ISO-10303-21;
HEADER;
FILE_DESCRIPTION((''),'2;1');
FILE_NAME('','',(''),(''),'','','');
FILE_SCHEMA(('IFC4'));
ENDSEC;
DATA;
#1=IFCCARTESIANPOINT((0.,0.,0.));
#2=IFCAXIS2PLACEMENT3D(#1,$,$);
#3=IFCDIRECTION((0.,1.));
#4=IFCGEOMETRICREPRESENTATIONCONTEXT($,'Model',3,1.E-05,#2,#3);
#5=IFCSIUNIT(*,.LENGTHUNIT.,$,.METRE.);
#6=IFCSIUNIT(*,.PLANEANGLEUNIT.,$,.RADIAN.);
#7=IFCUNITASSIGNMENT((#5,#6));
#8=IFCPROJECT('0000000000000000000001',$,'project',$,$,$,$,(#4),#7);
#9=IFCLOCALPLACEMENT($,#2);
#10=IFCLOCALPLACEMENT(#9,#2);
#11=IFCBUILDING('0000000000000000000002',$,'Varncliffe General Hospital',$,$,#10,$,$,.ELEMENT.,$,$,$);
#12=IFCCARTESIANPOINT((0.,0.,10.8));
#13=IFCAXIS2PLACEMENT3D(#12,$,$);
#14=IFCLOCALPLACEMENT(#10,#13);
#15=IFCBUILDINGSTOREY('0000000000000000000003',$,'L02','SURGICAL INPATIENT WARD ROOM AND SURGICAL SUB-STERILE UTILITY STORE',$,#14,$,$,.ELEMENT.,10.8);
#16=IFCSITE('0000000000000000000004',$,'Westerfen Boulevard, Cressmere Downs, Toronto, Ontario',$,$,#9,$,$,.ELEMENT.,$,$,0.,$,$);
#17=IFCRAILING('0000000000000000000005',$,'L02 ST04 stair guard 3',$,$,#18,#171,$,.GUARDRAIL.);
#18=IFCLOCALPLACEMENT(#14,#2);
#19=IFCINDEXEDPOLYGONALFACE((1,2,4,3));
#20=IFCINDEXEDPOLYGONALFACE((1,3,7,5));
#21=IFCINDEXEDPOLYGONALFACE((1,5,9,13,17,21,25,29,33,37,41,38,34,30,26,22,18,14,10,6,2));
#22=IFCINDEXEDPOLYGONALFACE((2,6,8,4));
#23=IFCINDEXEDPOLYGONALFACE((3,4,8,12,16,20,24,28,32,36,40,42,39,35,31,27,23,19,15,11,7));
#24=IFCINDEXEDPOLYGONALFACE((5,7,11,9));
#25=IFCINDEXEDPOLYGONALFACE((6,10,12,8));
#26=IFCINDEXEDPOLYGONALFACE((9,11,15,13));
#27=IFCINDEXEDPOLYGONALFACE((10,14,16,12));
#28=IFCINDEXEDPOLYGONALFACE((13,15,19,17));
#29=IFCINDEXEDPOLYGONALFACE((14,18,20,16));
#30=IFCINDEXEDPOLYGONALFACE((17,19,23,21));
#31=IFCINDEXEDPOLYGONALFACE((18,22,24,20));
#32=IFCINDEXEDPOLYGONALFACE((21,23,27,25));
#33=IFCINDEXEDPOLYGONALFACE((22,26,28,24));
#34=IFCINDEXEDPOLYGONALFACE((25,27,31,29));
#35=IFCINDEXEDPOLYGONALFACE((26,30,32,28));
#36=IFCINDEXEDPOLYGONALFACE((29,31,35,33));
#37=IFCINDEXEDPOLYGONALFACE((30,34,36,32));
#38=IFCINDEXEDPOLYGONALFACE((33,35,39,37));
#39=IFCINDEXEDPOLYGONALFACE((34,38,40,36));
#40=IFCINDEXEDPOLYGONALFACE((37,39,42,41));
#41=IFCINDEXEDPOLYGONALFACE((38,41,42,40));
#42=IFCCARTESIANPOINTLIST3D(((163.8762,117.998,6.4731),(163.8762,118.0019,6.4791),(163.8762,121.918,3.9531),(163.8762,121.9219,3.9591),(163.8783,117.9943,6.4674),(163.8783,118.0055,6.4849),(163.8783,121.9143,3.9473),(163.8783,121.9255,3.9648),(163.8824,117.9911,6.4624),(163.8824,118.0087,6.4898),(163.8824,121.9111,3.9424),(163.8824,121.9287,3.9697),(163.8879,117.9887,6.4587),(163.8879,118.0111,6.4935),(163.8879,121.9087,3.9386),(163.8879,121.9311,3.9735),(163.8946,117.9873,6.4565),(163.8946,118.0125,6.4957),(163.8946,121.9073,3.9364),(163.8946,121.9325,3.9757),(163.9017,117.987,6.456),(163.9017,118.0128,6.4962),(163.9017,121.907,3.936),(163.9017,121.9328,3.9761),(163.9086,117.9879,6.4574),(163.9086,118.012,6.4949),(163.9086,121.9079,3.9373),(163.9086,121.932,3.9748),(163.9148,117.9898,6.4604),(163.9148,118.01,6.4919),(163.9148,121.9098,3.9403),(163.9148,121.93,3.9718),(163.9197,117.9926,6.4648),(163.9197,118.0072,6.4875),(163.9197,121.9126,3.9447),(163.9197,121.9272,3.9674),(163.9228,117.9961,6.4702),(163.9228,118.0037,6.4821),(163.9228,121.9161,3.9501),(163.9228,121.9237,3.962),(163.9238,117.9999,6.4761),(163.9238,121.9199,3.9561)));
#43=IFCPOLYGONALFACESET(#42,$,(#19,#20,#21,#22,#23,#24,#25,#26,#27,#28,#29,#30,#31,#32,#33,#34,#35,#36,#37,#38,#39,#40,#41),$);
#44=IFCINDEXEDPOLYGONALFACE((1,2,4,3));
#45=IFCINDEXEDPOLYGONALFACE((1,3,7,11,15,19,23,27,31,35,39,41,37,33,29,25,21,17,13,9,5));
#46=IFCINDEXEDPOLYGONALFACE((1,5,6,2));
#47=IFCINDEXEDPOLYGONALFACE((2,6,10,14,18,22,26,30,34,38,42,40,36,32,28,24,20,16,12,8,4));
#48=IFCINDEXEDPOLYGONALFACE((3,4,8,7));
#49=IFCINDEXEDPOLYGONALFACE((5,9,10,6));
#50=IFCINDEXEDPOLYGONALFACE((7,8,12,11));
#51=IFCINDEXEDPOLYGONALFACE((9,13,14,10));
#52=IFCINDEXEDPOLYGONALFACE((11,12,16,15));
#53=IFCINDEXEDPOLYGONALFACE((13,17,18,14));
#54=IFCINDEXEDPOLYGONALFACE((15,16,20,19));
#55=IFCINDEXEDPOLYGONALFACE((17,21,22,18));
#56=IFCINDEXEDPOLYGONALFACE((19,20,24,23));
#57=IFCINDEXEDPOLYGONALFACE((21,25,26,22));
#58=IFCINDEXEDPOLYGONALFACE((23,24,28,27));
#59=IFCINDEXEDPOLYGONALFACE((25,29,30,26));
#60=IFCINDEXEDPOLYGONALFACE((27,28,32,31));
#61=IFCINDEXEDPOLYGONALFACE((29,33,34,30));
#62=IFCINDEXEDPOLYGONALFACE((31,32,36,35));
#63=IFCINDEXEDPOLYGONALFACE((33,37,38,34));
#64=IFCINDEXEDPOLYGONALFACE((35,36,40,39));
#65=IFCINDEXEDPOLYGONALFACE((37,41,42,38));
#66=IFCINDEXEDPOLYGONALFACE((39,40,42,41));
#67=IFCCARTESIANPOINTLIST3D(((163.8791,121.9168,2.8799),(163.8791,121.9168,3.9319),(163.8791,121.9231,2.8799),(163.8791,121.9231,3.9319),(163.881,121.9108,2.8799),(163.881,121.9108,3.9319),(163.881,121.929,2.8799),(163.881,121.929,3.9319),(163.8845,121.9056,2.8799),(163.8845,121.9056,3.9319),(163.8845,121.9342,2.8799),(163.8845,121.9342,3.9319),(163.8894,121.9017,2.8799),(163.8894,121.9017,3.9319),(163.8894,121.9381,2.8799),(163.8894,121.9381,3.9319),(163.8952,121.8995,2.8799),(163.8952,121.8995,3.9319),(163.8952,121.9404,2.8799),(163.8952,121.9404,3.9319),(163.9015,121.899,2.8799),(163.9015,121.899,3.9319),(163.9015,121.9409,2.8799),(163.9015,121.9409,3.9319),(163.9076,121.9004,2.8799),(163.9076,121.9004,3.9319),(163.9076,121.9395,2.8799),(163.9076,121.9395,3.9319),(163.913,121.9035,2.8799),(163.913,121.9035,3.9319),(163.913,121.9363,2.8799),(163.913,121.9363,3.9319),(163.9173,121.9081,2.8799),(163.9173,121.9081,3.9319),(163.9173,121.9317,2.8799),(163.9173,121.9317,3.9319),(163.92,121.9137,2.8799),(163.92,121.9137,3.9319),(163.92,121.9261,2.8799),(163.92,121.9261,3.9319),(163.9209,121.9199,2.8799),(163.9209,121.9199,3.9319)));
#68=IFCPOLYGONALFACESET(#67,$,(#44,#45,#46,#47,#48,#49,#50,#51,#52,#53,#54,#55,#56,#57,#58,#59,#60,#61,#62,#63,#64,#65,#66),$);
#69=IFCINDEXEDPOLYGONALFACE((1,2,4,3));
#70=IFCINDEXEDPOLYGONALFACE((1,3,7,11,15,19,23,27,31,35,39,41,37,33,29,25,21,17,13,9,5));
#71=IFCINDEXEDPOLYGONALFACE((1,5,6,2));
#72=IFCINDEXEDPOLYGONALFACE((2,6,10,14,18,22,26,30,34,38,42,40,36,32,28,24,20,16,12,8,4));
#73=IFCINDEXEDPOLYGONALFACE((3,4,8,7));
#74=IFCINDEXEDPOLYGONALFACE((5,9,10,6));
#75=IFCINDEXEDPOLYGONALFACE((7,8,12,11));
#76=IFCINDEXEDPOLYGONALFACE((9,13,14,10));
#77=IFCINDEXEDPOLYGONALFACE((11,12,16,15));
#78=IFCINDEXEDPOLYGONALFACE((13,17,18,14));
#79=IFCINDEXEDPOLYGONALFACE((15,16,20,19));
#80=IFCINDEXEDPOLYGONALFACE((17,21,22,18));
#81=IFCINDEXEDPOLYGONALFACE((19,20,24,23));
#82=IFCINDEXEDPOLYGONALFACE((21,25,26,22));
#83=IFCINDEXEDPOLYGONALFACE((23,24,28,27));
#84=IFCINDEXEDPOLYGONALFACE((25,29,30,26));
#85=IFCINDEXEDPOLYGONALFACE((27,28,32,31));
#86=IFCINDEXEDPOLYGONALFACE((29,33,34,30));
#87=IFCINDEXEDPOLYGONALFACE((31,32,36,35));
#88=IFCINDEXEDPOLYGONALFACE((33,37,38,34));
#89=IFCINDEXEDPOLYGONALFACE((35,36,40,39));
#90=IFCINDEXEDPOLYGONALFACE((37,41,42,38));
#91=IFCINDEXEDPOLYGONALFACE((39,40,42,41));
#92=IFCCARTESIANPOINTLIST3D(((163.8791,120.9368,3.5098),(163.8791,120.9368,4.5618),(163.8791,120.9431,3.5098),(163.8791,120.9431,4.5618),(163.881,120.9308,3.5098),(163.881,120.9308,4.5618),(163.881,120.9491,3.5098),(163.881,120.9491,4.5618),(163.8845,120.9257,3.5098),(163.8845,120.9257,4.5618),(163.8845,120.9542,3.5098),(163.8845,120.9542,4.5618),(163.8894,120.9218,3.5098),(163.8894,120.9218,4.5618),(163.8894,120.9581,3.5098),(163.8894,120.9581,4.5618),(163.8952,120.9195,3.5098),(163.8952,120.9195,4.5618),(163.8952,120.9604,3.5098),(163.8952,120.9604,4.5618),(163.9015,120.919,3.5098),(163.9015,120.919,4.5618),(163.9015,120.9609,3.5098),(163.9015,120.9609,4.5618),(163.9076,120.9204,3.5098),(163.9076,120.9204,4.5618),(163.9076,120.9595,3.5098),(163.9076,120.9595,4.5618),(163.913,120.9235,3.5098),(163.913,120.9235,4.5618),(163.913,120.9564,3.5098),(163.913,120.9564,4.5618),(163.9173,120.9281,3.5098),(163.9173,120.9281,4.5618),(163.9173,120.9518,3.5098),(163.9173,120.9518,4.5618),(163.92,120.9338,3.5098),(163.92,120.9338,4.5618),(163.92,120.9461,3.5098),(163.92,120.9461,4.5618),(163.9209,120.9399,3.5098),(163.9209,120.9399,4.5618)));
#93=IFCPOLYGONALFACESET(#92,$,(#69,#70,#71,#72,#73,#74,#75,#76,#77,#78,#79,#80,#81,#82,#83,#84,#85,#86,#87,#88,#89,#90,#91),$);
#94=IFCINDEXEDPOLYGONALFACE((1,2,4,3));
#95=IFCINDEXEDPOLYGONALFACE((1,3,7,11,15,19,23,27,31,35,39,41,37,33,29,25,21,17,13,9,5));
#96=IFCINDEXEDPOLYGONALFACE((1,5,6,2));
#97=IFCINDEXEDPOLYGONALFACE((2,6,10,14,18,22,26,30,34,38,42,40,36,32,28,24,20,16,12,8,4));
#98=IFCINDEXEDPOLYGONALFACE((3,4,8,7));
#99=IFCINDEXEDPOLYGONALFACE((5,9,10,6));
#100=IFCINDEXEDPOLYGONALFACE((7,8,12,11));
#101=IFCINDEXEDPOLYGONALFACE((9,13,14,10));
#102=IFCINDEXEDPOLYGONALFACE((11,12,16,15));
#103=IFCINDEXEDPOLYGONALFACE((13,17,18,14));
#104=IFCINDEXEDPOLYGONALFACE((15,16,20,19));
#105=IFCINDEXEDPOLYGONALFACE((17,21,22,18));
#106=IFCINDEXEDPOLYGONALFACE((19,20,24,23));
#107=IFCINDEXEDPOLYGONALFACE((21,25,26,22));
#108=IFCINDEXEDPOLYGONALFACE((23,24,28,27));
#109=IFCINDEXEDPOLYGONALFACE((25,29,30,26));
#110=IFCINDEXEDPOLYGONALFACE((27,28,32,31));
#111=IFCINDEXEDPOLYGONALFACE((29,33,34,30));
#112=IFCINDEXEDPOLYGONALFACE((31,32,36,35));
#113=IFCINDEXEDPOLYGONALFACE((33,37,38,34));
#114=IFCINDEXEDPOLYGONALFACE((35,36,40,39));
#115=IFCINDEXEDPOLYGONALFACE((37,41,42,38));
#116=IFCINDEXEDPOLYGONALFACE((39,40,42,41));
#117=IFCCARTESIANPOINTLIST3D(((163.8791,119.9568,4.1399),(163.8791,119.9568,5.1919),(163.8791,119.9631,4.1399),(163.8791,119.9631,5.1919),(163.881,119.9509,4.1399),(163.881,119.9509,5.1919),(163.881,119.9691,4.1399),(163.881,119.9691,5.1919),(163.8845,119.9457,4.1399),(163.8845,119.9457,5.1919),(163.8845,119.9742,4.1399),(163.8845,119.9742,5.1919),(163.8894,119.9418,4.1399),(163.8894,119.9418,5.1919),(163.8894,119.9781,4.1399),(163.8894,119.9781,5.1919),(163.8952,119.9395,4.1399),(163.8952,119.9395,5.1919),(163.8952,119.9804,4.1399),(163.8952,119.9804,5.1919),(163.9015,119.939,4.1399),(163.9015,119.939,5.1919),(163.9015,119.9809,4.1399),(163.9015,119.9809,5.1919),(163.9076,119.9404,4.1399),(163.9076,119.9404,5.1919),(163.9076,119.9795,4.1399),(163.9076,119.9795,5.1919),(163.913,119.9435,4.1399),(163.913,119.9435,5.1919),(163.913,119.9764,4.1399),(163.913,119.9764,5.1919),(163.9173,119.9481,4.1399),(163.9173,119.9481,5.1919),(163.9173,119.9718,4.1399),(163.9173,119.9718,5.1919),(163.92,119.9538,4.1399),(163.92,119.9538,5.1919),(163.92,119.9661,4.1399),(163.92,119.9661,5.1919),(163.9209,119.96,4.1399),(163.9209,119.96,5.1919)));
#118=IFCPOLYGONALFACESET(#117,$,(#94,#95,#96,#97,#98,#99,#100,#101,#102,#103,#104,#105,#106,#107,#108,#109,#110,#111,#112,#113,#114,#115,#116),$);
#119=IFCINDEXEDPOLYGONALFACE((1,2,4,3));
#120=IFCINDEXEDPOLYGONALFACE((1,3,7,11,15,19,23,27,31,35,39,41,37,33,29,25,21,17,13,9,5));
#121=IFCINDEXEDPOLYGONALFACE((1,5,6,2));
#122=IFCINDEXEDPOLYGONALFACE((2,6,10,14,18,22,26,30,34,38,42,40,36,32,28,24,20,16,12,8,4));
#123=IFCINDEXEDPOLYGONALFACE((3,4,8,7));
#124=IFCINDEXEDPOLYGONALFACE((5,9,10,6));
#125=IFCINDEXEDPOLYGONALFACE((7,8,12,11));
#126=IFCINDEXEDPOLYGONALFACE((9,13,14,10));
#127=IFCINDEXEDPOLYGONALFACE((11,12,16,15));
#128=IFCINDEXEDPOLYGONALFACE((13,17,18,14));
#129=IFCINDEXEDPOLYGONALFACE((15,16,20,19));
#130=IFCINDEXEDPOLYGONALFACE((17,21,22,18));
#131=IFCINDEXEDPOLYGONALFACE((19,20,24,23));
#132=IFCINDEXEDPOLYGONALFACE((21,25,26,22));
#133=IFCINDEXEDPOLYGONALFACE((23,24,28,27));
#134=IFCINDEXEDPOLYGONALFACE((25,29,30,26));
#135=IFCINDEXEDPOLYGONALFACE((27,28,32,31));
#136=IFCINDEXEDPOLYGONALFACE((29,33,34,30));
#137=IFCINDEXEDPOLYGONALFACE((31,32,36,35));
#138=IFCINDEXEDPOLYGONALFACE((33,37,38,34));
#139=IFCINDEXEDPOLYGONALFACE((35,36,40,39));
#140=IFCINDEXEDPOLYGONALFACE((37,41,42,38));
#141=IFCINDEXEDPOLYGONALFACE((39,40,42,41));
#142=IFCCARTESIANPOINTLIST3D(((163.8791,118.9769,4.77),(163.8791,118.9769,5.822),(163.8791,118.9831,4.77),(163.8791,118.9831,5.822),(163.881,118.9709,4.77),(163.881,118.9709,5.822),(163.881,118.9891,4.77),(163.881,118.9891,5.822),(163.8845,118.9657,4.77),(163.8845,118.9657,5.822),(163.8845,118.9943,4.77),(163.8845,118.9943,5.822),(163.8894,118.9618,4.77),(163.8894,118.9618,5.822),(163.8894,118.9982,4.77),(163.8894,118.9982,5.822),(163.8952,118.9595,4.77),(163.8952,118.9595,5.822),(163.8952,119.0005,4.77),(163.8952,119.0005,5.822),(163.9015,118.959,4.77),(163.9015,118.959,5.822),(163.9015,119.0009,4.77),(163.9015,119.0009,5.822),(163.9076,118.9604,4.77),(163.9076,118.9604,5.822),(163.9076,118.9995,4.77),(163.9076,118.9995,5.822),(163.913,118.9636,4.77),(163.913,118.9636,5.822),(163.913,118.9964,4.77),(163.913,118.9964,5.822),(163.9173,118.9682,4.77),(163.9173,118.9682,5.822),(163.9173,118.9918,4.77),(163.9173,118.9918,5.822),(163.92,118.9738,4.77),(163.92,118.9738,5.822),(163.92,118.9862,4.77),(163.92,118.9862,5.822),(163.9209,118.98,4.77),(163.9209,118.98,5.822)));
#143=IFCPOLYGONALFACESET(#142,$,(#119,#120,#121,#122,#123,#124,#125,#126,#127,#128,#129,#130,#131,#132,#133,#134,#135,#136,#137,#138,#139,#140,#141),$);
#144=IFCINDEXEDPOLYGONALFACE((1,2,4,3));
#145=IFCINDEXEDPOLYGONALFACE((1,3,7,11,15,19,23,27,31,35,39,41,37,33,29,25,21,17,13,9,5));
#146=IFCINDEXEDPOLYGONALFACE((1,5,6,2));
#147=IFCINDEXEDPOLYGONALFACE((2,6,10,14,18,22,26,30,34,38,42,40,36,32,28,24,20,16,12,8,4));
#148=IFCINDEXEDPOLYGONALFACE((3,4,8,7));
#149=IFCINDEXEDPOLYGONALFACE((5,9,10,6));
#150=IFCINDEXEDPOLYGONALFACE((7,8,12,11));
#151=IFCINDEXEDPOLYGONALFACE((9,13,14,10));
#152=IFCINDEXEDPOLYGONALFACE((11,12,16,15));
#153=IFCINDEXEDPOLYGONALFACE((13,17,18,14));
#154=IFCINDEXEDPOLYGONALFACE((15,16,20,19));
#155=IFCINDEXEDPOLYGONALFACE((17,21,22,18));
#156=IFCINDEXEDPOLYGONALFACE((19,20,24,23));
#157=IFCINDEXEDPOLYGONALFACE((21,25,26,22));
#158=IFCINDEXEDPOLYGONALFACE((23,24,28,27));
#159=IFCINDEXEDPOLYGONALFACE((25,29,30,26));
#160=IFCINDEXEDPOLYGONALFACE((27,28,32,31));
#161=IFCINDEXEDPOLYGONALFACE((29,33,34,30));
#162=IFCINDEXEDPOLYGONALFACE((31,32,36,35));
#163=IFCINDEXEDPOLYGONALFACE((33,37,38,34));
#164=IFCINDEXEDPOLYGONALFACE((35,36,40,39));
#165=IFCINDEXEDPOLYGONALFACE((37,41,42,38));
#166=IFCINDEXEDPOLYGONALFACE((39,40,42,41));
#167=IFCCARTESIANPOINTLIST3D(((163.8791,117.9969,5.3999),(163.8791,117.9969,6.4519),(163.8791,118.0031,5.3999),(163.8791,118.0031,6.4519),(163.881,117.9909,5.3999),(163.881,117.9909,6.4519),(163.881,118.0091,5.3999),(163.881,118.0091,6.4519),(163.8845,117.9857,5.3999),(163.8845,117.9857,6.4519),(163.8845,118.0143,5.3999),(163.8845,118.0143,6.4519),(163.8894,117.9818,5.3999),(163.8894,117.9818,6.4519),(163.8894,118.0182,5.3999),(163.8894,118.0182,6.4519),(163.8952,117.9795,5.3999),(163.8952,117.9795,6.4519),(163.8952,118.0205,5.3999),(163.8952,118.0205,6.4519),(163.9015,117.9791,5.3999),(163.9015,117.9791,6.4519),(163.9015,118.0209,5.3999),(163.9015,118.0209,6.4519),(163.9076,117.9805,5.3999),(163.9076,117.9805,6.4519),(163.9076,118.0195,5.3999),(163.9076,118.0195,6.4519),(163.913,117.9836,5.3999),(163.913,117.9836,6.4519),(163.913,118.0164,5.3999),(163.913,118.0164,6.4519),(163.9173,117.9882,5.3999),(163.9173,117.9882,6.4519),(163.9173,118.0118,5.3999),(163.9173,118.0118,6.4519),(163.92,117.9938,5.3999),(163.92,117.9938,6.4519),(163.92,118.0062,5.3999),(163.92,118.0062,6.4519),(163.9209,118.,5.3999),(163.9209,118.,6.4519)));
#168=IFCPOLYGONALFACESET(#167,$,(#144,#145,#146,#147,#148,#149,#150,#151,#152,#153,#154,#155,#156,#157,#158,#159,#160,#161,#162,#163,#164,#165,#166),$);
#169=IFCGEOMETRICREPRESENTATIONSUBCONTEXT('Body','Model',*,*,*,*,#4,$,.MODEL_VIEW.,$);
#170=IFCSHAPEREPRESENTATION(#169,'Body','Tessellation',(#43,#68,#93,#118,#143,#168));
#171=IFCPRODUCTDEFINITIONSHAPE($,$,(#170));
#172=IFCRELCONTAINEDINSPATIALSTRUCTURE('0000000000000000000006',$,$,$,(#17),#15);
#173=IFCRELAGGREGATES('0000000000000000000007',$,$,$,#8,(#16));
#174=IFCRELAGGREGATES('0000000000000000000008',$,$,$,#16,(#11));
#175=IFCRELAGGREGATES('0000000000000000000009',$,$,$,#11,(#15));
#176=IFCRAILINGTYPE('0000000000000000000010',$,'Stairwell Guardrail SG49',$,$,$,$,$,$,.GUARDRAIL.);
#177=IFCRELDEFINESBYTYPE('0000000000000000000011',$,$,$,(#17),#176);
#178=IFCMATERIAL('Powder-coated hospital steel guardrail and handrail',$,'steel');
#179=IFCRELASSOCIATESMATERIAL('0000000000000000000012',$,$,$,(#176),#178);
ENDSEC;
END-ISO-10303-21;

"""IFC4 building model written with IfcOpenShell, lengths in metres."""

from ifc_helpers import new_model, si_unit, direction, frame, origin, origin_2d, place, context, subcontext, project, spatial, circle, extrude, material, type_object, element, save


model = new_model("IFC4")

# Units and contexts
model_context = context("Model", 3, precision=1e-05, world=origin(), true_north=direction((0.0, 1.0)))
body_context = subcontext(model_context, "Body", "Model", "MODEL_VIEW")
ifc_project = project(units=[si_unit("LENGTHUNIT", "METRE"), si_unit("PLANEANGLEUNIT", "RADIAN")], contexts=[model_context])

# Site, building, storey
site_placement = place(None, origin())
site = spatial("IfcSite", under=ifc_project, at=site_placement, Name="Westerfen Boulevard, Cressmere Downs, Toronto, Ontario", CompositionType="ELEMENT", RefElevation=0.0)
building_placement = place(site_placement, origin())
building = spatial("IfcBuilding", under=site, at=building_placement, Name="Varncliffe General Hospital", CompositionType="ELEMENT")
storey_placement = place(building_placement, frame((0.0, 0.0, 10.8)))
storey = spatial("IfcBuildingStorey", under=building, at=storey_placement, Name="L02", Description="SURGICAL INPATIENT WARD ROOM AND SURGICAL SUB-STERILE UTILITY STORE", CompositionType="ELEMENT", Elevation=10.8)

# Railing
ifc_material_1 = material(Name="Powder-coated hospital steel guardrail and handrail", Category="steel")
railing_type_1 = type_object("IfcRailingType", Name="Stairwell Guardrail SG49", PredefinedType="GUARDRAIL", material=ifc_material_1)
railing_1_placement = place(storey_placement, frame((163.8999, 121.9199, 2.8799)))
element("IfcRailing", 1, at=railing_1_placement, inside=storey, type_object=railing_type_1, Name="L02 ST04 stair guard 3", PredefinedType="GUARDRAIL", context=body_context, shape_type="SweptSolid", body=[
    extrude(circle(Radius=0.0239, at=origin_2d()), frame((0.0, 0.0, 1.0762), z_axis=(0.0, -0.841172, 0.540768), x_axis=(1.0, 0.0, 0.0)), (0.0, 0.0, 1.0), 4.6602),
    extrude(circle(Radius=0.021, at=origin_2d()), origin(), (0.0, 0.0, 1.0), 1.052),
    extrude(circle(Radius=0.021, at=origin_2d()), frame((0.0, -0.98, 0.6299)), (0.0, 0.0, 1.0), 1.052),
    extrude(circle(Radius=0.021, at=origin_2d()), frame((0.0, -1.96, 1.26)), (0.0, 0.0, 1.0), 1.052),
    extrude(circle(Radius=0.021, at=origin_2d()), frame((0.0, -2.9399, 1.8901)), (0.0, 0.0, 1.0), 1.052),
    extrude(circle(Radius=0.021, at=origin_2d()), frame((0.0, -3.9199, 2.52)), (0.0, 0.0, 1.0), 1.052),
])

save(model, "model.ifc")
